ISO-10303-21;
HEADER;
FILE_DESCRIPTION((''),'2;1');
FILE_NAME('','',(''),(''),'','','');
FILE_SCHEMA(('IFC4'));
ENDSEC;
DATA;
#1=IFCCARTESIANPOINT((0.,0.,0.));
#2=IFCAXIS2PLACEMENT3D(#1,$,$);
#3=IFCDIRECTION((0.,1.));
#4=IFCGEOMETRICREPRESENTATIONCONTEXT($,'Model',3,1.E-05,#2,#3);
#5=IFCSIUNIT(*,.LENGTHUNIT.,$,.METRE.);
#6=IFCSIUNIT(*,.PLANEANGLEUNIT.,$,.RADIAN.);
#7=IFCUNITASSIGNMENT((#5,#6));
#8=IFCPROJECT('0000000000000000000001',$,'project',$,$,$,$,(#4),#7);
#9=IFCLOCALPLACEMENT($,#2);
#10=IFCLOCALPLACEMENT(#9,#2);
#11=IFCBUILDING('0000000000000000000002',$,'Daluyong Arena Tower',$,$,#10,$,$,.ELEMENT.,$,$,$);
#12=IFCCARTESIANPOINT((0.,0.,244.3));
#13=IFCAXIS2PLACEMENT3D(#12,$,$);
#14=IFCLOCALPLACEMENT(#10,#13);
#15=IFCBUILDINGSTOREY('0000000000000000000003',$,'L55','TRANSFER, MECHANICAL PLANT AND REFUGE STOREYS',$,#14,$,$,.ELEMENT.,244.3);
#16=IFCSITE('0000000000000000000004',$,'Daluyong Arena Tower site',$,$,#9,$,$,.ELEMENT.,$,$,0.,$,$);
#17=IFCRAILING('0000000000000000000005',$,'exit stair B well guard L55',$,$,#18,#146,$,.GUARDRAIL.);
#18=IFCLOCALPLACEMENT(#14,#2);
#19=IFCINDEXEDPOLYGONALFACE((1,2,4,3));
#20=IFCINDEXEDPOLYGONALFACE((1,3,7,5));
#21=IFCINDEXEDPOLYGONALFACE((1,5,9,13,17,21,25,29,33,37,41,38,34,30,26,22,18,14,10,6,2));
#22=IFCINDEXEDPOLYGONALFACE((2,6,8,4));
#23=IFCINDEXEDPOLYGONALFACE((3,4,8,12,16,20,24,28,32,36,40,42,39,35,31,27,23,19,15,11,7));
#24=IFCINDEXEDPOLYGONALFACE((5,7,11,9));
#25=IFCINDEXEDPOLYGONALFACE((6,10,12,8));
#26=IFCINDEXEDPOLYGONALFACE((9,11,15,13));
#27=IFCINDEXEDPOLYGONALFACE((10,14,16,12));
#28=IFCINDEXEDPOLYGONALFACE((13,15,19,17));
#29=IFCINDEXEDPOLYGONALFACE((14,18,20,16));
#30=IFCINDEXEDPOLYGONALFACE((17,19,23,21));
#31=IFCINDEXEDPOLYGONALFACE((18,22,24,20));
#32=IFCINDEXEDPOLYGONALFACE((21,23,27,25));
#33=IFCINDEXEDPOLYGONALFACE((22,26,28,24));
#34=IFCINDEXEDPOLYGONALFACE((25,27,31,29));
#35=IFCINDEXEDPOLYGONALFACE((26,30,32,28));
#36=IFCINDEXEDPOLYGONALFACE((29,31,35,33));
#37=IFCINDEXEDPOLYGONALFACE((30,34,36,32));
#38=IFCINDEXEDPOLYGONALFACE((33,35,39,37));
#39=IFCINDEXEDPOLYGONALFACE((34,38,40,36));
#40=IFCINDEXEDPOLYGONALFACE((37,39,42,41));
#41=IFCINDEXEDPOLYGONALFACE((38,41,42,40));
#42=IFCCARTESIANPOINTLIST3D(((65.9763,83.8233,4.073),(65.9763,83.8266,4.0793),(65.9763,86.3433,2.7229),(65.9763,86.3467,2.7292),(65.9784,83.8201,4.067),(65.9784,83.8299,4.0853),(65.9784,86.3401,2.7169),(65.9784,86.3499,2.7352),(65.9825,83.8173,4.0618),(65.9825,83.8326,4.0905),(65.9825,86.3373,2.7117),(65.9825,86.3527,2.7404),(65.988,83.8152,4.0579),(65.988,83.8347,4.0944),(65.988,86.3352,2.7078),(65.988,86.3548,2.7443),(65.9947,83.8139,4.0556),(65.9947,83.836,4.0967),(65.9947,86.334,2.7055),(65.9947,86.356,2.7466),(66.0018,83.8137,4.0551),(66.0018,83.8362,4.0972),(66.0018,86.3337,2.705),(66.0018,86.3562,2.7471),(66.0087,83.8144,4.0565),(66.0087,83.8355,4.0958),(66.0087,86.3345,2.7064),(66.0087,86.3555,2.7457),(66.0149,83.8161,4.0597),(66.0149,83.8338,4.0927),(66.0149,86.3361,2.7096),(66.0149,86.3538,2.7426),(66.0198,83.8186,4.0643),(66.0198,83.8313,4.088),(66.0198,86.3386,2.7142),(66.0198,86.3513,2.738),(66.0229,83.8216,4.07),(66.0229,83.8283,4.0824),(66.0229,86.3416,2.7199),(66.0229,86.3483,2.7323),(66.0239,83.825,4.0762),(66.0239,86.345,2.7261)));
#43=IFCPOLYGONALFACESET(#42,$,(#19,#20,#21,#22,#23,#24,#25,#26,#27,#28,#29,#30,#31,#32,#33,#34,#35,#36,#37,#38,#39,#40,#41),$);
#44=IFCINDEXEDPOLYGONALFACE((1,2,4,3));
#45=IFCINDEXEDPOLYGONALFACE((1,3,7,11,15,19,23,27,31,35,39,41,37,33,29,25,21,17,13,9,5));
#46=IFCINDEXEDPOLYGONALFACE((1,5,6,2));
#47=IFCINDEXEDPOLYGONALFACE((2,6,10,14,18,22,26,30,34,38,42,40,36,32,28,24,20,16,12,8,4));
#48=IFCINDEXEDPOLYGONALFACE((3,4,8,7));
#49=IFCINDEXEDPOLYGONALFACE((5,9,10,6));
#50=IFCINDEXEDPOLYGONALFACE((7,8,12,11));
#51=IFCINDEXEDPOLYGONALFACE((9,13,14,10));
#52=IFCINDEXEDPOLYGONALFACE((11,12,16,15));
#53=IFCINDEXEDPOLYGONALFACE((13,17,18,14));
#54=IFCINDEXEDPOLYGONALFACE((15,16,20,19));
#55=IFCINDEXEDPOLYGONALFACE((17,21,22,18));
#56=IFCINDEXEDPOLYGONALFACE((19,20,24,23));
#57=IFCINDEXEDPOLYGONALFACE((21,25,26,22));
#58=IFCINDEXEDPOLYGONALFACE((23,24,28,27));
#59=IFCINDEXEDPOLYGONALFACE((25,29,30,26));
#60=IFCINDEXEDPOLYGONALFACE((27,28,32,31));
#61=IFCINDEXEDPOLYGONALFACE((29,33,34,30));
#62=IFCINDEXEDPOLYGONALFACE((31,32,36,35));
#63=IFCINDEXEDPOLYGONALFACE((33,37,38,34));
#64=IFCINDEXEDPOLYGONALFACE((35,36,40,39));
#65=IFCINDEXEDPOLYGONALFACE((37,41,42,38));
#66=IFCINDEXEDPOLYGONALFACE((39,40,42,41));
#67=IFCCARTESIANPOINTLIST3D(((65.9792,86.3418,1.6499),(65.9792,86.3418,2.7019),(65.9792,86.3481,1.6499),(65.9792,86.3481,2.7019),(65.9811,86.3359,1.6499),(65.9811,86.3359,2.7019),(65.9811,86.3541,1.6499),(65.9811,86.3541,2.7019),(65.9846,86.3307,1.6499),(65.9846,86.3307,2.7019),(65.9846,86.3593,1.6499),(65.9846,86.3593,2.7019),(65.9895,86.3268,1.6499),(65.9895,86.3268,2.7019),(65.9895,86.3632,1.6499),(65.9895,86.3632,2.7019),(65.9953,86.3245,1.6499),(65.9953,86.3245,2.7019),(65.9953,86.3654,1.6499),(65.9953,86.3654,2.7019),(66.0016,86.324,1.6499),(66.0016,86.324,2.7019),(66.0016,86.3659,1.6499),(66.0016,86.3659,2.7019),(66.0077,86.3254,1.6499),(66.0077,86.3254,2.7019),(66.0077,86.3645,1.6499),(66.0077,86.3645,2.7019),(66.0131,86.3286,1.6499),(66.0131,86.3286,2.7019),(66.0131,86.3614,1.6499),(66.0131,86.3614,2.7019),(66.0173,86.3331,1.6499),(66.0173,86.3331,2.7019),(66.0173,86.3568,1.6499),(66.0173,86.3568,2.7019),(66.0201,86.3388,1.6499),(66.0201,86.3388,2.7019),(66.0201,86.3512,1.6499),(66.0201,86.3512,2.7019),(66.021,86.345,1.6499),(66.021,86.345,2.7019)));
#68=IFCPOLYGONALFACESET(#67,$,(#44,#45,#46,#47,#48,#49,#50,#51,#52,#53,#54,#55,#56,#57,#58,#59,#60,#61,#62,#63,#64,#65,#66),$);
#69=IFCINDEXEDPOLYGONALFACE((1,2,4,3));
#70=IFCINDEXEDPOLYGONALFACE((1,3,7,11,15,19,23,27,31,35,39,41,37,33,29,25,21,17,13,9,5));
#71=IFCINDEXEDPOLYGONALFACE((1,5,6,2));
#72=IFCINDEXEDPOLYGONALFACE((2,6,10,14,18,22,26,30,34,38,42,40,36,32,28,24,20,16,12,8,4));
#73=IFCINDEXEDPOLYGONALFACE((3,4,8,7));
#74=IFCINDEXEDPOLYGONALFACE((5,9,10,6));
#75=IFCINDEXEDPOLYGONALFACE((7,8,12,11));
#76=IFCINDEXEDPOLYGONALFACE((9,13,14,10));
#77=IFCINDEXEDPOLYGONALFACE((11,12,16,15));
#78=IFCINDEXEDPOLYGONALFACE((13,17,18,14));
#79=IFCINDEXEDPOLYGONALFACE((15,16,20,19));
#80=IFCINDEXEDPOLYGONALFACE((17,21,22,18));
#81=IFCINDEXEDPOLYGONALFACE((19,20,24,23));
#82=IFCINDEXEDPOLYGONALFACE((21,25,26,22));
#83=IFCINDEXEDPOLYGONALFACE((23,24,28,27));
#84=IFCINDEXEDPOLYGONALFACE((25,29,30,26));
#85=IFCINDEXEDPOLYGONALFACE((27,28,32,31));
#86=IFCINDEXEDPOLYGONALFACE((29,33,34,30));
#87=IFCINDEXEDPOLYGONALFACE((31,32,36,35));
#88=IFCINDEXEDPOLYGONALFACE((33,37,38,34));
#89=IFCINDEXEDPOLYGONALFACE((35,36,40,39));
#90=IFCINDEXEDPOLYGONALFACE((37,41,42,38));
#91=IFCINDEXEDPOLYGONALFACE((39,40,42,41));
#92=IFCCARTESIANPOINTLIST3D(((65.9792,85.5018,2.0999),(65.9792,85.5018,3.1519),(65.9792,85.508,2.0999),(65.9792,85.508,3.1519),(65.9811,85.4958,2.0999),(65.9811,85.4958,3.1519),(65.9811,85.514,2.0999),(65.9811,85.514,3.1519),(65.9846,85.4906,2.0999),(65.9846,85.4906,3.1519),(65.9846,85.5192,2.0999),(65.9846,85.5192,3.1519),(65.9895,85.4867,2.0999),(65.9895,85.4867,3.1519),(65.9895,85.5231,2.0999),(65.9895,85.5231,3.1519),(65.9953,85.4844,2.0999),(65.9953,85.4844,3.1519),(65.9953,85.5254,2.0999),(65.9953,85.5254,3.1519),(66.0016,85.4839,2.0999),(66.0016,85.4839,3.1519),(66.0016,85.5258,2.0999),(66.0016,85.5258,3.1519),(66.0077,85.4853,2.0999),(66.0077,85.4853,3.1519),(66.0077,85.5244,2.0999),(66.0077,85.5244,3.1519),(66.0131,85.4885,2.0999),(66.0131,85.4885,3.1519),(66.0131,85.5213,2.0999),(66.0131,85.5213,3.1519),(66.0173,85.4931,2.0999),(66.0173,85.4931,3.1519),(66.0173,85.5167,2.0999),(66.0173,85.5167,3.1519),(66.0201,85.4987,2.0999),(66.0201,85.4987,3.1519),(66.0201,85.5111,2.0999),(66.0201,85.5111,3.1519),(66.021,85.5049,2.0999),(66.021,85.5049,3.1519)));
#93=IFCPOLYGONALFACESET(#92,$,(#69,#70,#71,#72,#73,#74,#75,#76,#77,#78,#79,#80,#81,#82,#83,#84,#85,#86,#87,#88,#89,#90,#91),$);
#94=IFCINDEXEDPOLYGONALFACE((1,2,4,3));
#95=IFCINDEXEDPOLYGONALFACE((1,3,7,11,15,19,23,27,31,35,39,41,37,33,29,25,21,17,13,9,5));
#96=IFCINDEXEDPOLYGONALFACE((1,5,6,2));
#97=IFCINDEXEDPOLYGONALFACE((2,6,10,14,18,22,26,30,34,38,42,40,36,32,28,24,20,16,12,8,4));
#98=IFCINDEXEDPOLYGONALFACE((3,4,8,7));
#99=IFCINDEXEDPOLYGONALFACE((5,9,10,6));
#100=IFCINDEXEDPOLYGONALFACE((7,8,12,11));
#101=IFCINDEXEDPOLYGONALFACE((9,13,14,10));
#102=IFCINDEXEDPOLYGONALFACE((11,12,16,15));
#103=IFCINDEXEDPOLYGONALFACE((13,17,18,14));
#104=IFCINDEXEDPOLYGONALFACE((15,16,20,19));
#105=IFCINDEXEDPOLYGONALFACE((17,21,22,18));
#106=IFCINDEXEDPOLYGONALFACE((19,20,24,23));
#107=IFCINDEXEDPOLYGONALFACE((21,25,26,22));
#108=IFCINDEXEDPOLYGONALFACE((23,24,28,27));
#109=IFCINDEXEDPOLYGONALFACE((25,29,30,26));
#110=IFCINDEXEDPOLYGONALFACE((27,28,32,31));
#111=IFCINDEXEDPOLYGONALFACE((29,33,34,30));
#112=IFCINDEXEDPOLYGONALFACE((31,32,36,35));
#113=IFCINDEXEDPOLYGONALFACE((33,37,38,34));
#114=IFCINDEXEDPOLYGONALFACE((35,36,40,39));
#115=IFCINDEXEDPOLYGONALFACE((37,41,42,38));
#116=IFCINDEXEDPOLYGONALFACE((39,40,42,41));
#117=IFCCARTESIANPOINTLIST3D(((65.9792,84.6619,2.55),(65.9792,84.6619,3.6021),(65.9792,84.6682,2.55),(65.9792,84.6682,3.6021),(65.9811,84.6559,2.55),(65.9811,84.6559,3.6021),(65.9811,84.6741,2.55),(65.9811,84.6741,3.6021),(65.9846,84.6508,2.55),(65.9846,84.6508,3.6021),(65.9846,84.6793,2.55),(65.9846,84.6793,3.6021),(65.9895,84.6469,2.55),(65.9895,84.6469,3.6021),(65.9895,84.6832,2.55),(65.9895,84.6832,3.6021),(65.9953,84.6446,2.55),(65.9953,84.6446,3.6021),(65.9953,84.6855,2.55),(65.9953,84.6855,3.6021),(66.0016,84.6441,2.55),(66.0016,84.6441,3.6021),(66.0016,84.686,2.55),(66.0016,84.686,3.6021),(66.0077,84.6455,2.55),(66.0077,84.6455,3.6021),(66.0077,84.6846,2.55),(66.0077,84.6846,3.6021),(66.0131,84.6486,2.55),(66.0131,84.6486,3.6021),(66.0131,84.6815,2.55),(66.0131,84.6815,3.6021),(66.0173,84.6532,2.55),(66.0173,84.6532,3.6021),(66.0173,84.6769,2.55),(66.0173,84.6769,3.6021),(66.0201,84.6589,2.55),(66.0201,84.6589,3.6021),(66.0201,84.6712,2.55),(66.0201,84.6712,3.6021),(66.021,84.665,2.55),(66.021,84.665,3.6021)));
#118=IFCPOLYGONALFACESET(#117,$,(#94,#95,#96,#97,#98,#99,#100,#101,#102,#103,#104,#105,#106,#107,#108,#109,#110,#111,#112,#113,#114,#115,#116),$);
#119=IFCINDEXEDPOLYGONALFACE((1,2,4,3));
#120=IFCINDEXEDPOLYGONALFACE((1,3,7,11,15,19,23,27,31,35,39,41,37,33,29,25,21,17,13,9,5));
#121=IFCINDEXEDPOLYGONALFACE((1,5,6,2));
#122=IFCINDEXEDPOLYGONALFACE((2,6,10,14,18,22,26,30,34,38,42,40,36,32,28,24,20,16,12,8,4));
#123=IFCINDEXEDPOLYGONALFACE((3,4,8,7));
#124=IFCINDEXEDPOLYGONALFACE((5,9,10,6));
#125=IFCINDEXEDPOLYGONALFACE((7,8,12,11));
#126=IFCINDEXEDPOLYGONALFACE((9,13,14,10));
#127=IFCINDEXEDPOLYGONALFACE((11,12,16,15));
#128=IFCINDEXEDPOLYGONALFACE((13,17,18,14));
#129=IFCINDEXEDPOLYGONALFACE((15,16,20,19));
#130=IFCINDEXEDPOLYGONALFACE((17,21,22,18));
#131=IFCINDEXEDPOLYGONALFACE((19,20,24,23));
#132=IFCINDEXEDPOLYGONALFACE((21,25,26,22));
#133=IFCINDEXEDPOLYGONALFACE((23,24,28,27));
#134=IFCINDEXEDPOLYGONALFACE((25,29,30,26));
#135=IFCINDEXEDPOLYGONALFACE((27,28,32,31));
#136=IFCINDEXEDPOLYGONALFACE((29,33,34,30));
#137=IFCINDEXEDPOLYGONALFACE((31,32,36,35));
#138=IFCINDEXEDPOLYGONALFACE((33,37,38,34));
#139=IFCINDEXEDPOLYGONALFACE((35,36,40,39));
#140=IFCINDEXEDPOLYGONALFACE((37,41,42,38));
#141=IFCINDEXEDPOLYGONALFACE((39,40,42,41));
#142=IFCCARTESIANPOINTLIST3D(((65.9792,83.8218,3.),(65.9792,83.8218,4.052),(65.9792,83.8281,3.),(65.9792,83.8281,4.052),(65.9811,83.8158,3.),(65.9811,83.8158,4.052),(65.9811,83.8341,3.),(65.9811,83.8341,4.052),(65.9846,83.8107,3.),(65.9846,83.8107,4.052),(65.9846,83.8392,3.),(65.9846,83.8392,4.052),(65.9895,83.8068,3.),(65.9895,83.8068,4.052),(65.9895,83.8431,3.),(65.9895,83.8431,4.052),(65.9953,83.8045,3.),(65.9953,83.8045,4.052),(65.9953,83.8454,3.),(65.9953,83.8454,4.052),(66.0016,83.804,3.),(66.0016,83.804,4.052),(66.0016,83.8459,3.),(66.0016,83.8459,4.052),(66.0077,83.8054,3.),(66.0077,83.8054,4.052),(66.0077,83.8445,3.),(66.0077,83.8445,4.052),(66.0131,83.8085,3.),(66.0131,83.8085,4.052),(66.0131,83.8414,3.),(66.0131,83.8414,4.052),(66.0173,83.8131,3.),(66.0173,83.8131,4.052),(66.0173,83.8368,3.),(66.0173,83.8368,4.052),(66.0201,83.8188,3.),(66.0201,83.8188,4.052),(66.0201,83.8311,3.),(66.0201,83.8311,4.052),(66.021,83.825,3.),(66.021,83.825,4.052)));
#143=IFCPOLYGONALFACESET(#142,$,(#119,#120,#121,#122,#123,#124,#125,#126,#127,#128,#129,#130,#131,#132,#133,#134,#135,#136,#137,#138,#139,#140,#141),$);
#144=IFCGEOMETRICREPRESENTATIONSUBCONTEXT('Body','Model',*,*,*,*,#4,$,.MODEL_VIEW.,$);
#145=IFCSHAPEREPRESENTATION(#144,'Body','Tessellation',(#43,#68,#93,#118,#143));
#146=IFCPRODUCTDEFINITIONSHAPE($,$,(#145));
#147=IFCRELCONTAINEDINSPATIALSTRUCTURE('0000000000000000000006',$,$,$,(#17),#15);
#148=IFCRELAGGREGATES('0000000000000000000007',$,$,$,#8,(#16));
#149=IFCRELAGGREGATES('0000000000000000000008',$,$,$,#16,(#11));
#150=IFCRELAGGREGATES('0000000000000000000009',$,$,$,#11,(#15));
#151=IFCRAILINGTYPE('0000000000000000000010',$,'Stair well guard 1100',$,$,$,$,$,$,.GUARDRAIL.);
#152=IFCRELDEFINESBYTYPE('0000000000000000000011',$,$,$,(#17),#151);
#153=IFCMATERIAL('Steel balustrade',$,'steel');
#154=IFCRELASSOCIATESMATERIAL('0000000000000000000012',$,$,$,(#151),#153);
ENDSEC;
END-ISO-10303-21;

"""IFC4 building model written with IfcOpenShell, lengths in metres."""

from ifc_helpers import new_model, si_unit, direction, frame, origin, origin_2d, place, context, subcontext, project, spatial, circle, extrude, material, type_object, element, save


model = new_model("IFC4")

# Units and contexts
model_context = context("Model", 3, precision=1e-05, world=origin(), true_north=direction((0.0, 1.0)))
body_context = subcontext(model_context, "Body", "Model", "MODEL_VIEW")
ifc_project = project(units=[si_unit("LENGTHUNIT", "METRE"), si_unit("PLANEANGLEUNIT", "RADIAN")], contexts=[model_context])

# Site, building, storey
site_placement = place(None, origin())
site = spatial("IfcSite", under=ifc_project, at=site_placement, Name="Daluyong Arena Tower site", CompositionType="ELEMENT", RefElevation=0.0)
building_placement = place(site_placement, origin())
building = spatial("IfcBuilding", under=site, at=building_placement, Name="Daluyong Arena Tower", CompositionType="ELEMENT")
storey_placement = place(building_placement, frame((0.0, 0.0, 244.3)))
storey = spatial("IfcBuildingStorey", under=building, at=storey_placement, Name="L55", Description="TRANSFER, MECHANICAL PLANT AND REFUGE STOREYS", CompositionType="ELEMENT", Elevation=244.3)

# Railing
ifc_material_1 = material(Name="Steel balustrade", Category="steel")
railing_type_1 = type_object("IfcRailingType", Name="Stair well guard 1100", PredefinedType="GUARDRAIL", material=ifc_material_1)
for number, where, name in (
    (1, (66.0, 86.345, 1.6499), "exit stair B well guard L55"),
):
    element("IfcRailing", number, at=place(storey_placement, frame(where)), inside=storey, type_object=railing_type_1, Name=name, PredefinedType="GUARDRAIL", context=body_context, shape_type="SweptSolid", body=[
        extrude(circle(Radius=0.0239, at=origin_2d()), frame((0.0, 0.0, 1.0762), z_axis=(0.0, -0.881467, 0.472245), x_axis=(1.0, 0.0, 0.0)), (0.0, 0.0, 1.0), 2.8589),
        extrude(circle(Radius=0.021, at=origin_2d()), origin(), (0.0, 0.0, 1.0), 1.052),
        extrude(circle(Radius=0.021, at=origin_2d()), frame((0.0, -0.8401, 0.45)), (0.0, 0.0, 1.0), 1.052),
        extrude(circle(Radius=0.021, at=origin_2d()), frame((0.0, -1.6799, 0.9001)), (0.0, 0.0, 1.0), 1.052),
        extrude(circle(Radius=0.021, at=origin_2d()), frame((0.0, -2.52, 1.3501)), (0.0, 0.0, 1.0), 1.052),
    ])

save(model, "model.ifc")
